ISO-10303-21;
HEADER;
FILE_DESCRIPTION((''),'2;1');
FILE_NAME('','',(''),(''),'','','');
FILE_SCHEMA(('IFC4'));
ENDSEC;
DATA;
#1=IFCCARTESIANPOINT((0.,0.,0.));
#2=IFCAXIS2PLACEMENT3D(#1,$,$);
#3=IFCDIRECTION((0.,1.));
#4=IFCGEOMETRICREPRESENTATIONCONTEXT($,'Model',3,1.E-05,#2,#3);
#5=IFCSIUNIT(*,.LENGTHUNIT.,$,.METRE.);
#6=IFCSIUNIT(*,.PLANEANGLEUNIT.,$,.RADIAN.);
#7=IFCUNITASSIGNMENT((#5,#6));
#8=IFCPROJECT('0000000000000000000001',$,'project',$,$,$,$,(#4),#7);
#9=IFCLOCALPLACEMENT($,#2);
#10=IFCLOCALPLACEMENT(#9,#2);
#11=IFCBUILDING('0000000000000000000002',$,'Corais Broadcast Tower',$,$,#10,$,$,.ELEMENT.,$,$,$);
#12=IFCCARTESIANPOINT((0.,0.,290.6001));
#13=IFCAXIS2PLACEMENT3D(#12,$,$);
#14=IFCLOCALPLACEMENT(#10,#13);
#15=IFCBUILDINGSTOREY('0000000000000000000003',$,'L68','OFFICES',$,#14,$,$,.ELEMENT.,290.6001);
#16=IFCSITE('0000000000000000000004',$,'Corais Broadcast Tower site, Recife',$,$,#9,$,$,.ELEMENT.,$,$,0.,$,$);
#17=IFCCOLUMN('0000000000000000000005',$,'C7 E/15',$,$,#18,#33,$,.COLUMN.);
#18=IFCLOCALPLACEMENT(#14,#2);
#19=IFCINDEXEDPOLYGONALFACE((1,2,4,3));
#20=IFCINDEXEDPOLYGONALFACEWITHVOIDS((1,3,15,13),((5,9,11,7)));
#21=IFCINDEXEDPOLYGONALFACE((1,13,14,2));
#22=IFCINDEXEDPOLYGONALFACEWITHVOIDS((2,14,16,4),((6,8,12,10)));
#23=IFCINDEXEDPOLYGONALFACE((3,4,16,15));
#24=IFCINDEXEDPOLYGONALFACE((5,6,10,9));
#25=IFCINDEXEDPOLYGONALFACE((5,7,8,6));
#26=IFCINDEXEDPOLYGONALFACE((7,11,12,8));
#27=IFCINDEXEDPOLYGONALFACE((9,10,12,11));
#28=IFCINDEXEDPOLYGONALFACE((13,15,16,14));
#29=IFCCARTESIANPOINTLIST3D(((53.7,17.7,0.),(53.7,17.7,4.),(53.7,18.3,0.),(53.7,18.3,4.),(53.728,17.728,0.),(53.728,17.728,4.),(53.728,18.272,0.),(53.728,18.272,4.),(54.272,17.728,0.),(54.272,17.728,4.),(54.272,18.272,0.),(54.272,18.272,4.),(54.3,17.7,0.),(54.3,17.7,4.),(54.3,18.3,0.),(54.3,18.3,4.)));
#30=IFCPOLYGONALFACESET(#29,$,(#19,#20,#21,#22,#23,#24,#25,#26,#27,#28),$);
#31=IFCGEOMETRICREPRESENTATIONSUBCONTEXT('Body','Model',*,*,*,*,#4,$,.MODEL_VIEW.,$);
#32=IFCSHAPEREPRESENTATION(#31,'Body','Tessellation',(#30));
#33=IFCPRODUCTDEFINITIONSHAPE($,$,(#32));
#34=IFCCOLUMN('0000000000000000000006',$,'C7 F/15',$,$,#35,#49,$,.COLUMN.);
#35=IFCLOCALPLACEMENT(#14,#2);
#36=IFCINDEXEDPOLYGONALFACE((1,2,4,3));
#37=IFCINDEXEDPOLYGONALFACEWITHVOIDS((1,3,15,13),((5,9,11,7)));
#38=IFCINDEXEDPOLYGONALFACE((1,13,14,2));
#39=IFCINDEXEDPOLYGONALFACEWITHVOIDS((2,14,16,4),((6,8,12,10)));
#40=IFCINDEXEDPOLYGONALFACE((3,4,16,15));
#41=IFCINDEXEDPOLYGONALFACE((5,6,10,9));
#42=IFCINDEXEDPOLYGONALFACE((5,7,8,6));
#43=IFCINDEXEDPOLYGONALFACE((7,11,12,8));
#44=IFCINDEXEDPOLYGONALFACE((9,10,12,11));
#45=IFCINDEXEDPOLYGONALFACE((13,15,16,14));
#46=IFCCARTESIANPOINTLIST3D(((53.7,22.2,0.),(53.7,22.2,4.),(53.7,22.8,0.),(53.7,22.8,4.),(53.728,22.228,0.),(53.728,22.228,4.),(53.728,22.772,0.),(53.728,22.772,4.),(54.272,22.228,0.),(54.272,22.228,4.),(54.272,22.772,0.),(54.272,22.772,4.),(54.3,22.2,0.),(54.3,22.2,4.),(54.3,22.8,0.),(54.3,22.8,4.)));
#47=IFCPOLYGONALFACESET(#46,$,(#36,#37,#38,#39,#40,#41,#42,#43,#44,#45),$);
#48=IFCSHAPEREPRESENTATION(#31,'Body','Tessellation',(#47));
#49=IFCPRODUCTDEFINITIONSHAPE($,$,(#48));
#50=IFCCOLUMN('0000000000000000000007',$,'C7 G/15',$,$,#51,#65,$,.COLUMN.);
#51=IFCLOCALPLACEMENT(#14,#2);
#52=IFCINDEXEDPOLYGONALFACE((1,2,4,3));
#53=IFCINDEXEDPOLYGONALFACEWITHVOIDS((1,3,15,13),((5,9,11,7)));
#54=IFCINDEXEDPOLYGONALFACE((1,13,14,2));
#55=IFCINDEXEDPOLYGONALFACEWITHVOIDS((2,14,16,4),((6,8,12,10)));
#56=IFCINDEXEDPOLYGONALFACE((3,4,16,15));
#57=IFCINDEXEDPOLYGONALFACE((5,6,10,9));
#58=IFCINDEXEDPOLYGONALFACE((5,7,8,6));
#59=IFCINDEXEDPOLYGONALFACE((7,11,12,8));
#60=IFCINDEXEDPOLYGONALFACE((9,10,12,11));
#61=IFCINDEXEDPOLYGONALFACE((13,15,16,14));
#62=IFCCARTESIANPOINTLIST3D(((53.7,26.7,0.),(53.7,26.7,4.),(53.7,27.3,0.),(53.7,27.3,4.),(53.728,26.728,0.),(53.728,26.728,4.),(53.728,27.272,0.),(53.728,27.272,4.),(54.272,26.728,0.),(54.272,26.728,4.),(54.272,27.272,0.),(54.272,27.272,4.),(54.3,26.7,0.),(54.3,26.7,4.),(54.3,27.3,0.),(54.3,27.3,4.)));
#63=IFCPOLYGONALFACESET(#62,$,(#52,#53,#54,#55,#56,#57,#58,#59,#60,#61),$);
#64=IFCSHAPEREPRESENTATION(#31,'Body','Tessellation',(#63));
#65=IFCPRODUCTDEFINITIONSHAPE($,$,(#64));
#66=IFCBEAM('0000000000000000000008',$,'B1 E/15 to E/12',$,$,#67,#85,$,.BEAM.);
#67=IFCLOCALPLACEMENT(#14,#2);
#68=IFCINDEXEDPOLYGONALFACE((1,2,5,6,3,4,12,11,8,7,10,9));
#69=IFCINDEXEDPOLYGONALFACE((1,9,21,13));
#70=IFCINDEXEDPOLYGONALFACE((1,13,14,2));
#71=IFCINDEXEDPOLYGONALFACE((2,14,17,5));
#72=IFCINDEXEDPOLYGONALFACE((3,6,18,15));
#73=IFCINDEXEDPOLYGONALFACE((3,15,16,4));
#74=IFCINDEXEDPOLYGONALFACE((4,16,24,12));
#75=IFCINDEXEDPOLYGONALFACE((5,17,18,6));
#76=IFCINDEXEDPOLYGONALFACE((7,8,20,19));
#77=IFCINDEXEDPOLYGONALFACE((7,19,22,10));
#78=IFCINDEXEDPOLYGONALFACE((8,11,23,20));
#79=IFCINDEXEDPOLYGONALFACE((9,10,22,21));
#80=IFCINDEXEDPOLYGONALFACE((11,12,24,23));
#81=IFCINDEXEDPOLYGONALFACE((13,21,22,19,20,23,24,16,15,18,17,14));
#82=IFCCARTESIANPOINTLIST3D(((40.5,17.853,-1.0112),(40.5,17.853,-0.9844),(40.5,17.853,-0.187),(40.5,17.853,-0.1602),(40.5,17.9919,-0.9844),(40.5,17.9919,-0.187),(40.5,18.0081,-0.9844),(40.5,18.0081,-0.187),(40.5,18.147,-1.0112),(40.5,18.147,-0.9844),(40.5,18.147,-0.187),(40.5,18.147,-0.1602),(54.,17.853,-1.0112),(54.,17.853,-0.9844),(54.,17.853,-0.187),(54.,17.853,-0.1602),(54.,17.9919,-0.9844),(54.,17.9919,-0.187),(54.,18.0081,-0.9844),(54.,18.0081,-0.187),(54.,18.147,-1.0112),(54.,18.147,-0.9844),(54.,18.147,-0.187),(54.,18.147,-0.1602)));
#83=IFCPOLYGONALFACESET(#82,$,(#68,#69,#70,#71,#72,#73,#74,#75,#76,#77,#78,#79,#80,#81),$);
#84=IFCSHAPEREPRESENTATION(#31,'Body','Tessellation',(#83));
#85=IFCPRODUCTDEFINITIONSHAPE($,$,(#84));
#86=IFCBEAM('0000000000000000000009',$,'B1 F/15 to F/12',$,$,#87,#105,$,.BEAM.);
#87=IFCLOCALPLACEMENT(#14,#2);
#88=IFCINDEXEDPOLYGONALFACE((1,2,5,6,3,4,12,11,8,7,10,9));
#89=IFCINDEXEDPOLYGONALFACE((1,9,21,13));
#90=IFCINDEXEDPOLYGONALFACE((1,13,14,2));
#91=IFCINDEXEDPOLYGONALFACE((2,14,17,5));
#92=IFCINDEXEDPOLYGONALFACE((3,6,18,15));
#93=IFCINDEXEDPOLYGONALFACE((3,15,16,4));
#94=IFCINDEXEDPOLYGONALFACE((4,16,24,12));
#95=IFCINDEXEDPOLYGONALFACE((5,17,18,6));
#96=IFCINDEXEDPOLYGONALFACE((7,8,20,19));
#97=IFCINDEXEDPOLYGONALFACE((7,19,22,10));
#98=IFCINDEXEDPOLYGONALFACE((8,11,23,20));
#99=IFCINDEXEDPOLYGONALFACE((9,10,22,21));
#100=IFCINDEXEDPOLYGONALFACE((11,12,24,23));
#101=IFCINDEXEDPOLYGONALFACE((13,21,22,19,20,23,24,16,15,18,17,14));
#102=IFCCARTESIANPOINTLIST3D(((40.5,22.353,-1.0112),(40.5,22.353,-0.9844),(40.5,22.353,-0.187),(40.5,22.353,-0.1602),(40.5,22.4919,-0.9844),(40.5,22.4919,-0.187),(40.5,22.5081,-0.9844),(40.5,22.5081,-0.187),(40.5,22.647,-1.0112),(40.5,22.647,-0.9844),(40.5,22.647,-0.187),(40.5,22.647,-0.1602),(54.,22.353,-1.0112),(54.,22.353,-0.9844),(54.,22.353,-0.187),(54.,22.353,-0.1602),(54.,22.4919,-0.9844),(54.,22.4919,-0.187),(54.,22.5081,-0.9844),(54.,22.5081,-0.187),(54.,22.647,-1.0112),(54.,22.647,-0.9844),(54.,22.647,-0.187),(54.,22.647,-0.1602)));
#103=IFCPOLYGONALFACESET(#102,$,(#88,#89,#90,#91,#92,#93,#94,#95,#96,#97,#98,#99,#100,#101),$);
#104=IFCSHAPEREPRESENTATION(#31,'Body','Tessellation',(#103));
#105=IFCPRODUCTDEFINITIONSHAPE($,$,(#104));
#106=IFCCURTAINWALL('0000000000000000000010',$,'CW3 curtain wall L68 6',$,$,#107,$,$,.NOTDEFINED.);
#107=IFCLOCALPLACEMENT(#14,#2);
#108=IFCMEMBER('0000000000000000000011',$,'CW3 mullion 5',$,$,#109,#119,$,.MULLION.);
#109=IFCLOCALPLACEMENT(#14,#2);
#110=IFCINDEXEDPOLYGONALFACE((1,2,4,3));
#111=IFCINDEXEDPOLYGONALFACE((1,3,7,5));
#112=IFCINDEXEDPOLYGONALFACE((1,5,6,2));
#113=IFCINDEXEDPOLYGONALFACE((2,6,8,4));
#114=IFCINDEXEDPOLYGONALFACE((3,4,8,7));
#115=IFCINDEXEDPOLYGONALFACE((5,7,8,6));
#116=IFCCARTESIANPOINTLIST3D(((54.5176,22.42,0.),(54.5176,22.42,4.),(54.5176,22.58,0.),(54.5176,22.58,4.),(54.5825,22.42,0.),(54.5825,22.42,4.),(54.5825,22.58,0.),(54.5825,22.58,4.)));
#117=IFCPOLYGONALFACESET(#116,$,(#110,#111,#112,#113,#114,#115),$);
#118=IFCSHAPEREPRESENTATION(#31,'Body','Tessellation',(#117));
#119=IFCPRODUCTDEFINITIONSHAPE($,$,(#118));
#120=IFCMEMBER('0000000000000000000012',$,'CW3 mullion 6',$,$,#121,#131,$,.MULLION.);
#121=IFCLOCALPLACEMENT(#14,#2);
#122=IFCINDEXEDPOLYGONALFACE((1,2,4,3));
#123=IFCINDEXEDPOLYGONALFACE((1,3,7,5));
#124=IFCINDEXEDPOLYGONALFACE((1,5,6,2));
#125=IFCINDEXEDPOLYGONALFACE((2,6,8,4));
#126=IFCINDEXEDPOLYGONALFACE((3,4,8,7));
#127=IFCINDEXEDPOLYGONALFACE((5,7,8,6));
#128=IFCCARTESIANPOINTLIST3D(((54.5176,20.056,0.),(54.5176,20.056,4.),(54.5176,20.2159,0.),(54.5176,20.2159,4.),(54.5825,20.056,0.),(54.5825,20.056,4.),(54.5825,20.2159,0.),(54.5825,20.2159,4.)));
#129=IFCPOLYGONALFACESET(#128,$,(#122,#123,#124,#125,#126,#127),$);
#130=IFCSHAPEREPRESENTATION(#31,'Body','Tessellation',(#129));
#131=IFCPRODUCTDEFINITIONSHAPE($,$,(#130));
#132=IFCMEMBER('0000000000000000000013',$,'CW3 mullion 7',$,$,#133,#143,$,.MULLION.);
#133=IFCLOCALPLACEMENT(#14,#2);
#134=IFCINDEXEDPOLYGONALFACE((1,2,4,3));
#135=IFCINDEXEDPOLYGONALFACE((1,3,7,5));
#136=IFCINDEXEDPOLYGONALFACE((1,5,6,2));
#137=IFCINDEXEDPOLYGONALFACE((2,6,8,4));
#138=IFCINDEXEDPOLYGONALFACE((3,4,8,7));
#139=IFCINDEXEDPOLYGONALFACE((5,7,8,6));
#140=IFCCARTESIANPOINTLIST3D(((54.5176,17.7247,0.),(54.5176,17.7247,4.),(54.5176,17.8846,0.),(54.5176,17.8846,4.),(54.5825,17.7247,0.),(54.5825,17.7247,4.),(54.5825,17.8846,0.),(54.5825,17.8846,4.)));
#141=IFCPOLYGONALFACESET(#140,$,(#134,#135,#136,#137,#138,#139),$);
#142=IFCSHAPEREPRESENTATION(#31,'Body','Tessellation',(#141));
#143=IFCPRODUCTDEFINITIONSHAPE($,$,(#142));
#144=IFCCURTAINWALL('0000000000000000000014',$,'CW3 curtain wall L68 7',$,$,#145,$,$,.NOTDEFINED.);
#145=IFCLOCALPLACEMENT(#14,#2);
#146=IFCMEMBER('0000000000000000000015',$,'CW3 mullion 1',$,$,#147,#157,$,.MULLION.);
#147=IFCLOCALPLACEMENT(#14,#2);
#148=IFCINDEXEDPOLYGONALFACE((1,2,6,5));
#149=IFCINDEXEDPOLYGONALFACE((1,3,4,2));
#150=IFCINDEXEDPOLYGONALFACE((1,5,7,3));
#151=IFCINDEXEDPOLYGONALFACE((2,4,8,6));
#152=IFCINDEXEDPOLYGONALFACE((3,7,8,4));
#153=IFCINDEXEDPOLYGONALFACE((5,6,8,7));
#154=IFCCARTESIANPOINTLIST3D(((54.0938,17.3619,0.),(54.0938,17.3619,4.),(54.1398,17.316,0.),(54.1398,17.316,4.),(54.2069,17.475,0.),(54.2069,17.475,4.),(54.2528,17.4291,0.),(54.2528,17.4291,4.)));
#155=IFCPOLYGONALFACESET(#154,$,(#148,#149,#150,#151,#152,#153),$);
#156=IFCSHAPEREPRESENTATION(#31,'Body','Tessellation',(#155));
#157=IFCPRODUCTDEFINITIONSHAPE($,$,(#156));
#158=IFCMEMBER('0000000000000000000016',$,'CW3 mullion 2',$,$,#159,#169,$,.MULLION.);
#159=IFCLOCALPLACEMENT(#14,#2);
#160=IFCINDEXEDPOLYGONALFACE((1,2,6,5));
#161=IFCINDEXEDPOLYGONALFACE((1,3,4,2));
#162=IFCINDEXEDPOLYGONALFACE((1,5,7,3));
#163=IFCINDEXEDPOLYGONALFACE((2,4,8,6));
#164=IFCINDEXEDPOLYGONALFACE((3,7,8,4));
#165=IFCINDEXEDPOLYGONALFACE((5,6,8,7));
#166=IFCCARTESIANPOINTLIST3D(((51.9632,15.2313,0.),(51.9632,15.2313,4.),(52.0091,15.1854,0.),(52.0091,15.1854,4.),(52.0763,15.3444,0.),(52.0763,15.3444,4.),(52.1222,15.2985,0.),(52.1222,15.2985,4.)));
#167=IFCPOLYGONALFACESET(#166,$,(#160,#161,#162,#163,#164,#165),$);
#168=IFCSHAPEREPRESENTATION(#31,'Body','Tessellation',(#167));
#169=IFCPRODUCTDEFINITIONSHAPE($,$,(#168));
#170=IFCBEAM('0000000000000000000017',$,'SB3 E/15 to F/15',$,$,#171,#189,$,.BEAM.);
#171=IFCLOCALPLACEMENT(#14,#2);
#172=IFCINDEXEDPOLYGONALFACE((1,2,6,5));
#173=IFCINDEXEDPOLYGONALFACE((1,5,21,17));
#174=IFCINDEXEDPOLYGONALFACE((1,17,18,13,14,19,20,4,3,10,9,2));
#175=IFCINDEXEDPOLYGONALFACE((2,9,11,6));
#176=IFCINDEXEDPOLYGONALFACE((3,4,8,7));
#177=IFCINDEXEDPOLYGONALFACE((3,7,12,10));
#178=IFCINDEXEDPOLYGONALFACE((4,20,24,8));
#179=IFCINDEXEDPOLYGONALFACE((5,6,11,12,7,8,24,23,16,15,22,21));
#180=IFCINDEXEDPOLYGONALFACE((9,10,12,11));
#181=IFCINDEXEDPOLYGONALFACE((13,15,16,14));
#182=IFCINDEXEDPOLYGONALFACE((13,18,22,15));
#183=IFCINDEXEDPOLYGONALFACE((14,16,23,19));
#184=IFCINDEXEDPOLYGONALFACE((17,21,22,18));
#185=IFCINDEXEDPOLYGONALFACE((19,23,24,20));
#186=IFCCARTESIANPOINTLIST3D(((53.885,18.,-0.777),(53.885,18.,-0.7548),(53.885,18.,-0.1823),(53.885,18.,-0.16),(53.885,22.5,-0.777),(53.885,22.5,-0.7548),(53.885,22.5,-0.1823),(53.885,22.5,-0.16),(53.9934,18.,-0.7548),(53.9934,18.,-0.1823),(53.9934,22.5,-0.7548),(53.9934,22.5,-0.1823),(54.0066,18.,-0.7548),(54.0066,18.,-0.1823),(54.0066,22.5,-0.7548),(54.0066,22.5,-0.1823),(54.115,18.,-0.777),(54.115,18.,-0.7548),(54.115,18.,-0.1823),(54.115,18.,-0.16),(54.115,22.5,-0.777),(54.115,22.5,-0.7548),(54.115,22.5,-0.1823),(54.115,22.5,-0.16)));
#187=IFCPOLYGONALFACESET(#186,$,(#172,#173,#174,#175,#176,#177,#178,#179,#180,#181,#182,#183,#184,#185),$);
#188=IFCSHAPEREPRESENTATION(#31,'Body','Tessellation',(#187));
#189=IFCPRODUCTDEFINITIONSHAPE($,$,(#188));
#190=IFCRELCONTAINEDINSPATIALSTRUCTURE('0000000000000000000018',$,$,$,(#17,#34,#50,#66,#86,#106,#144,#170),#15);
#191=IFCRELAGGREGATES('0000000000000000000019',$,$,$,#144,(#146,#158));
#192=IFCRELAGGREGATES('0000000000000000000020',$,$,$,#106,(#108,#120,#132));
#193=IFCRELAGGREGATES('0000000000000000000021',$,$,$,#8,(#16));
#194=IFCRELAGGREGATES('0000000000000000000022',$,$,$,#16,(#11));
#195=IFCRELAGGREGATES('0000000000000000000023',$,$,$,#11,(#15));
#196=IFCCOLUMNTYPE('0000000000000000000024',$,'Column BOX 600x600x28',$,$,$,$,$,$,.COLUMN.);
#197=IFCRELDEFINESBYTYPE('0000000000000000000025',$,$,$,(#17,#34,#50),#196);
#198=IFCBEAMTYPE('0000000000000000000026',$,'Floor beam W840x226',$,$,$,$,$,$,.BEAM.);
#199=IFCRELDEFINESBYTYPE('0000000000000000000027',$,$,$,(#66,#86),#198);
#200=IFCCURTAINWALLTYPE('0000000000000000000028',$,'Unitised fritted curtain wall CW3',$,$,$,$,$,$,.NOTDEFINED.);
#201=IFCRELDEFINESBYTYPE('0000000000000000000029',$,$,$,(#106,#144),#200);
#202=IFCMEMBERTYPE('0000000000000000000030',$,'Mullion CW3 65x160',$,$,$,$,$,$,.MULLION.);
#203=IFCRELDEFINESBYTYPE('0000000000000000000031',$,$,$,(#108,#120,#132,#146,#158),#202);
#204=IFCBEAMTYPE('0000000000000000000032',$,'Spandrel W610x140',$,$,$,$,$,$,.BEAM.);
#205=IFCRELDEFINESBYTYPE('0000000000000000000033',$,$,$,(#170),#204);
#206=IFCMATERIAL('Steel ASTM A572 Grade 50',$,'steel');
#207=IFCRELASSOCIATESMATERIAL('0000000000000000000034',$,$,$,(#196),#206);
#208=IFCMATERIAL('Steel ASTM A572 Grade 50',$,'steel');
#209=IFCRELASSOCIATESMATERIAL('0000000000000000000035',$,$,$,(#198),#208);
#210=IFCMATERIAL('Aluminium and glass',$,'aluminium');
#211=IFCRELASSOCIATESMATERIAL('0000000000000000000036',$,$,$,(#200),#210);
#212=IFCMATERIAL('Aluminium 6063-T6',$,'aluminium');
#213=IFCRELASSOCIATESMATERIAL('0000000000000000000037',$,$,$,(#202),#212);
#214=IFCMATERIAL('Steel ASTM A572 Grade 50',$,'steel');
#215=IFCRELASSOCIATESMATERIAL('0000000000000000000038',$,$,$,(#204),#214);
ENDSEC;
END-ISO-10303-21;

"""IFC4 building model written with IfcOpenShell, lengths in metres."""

from ifc_helpers import new_model, si_unit, direction, frame, origin, origin_2d, place, context, subcontext, project, spatial, rectangle, hollow_rectangle, i_section, extrude, material, material_profile, profile_set, type_object, element, aggregate, save


model = new_model("IFC4")

# Units and contexts
model_context = context("Model", 3, precision=1e-05, world=origin(), true_north=direction((0.0, 1.0)))
body_context = subcontext(model_context, "Body", "Model", "MODEL_VIEW")
ifc_project = project(units=[si_unit("LENGTHUNIT", "METRE"), si_unit("PLANEANGLEUNIT", "RADIAN")], contexts=[model_context])

# Site, building, storey
site_placement = place(None, origin())
site = spatial("IfcSite", under=ifc_project, at=site_placement, Name="Corais Broadcast Tower site, Recife", CompositionType="ELEMENT", RefElevation=0.0)
building_placement = place(site_placement, origin())
building = spatial("IfcBuilding", under=site, at=building_placement, Name="Corais Broadcast Tower", CompositionType="ELEMENT")
storey_placement = place(building_placement, frame((0.0, 0.0, 290.6001)))
storey = spatial("IfcBuildingStorey", under=building, at=storey_placement, Name="L68", Description="OFFICES", CompositionType="ELEMENT", Elevation=290.6001)

# Columns
ifc_material_1 = material(Name="Steel ASTM A572 Grade 50", Category="steel")
ifc_material_profile_1 = material_profile(ifc_material_1, hollow_rectangle(XDim=0.6001, YDim=0.6001, WallThickness=0.0281, at=origin_2d()), Name="BOX 600x600x28")
ifc_profile_set_1 = profile_set([ifc_material_profile_1], Name="Steel ASTM A572 Grade 50")
column_type = type_object("IfcColumnType", Name="Column BOX 600x600x28", PredefinedType="COLUMN", material=ifc_profile_set_1)
for number, where, z_axis, x_axis, name in (
    (1, (54.0, 18.0, 0.0), (0.0, 0.0, 1.0), (1.0, 0.0, 0.0), "C7 E/15"),
    (2, (54.0, 22.5, 0.0), (0.0, 0.0, 1.0), (1.0, 0.0, 0.0), "C7 F/15"),
    (3, (54.0, 27.0, 0.0), (0.0, 0.0, 1.0), (1.0, 0.0, 0.0), "C7 G/15"),
):
    element("IfcColumn", number, at=place(storey_placement, frame(where, z_axis=z_axis, x_axis=x_axis)), inside=storey, type_object=column_type, Name=name, PredefinedType="COLUMN", context=body_context, shape_type="SweptSolid", body=[
        extrude(hollow_rectangle(XDim=0.6001, YDim=0.6001, WallThickness=0.0281, at=origin_2d()), origin(), (0.0, 0.0, 1.0), 4.0),
    ])

# Beams
ifc_material_2 = material(Name="Steel ASTM A572 Grade 50", Category="steel")
ifc_material_profile_2 = material_profile(ifc_material_2, i_section(OverallWidth=0.2939, OverallDepth=0.8511, WebThickness=0.0161, FlangeThickness=0.0269, at=origin_2d()), Name="W840x226")
ifc_profile_set_2 = profile_set([ifc_material_profile_2], Name="Steel ASTM A572 Grade 50")
beam_type_1 = type_object("IfcBeamType", Name="Floor beam W840x226", PredefinedType="BEAM", material=ifc_profile_set_2)
for number, where, z_axis, x_axis, name in (
    (4, (54.0, 18.0, -0.5857), (-1.0, 0.0, 0.0), (0.0, -1.0, 0.0), "B1 E/15 to E/12"),
    (5, (54.0, 22.5, -0.5857), (-1.0, 0.0, 0.0), (0.0, -1.0, 0.0), "B1 F/15 to F/12"),
):
    element("IfcBeam", number, at=place(storey_placement, frame(where, z_axis=z_axis, x_axis=x_axis)), inside=storey, type_object=beam_type_1, Name=name, PredefinedType="BEAM", context=body_context, shape_type="SweptSolid", body=[
        extrude(i_section(OverallWidth=0.2939, OverallDepth=0.8511, WebThickness=0.0161, FlangeThickness=0.0269, at=origin_2d()), origin(), (0.0, 0.0, 1.0), 13.5),
    ])

# Curtain walls, members
ifc_material_3 = material(Name="Aluminium and glass", Category="aluminium")
curtain_wall_type = type_object("IfcCurtainWallType", Name="Unitised fritted curtain wall CW3", PredefinedType="NOTDEFINED", material=ifc_material_3)
curtain_wall_1_placement = place(storey_placement, origin())
curtain_wall_1 = element("IfcCurtainWall", 6, at=curtain_wall_1_placement, inside=storey, type_object=curtain_wall_type, Name="CW3 curtain wall L68 6", PredefinedType="NOTDEFINED")
ifc_material_4 = material(Name="Aluminium 6063-T6", Category="aluminium")
ifc_material_profile_3 = material_profile(ifc_material_4, rectangle(XDim=0.0649, YDim=0.1599, at=origin_2d()), Name="Mullion CW3 65x160")
ifc_profile_set_3 = profile_set([ifc_material_profile_3], Name="Aluminium 6063-T6")
member_type_1 = type_object("IfcMemberType", Name="Mullion CW3 65x160", PredefinedType="MULLION", material=ifc_profile_set_3)
member_1_placement = place(storey_placement, frame((54.55, 22.5, 0.0), z_axis=(0.0, 0.0, 1.0), x_axis=(1.0, 0.0, 0.0)))
member_1 = element("IfcMember", 7, at=member_1_placement, type_object=member_type_1, Name="CW3 mullion 5", PredefinedType="MULLION", context=body_context, shape_type="SweptSolid", body=[
    extrude(rectangle(XDim=0.0649, YDim=0.1599, at=origin_2d()), origin(), (0.0, 0.0, 1.0), 4.0),
])
member_2_placement = place(storey_placement, frame((54.55, 20.136, 0.0), z_axis=(0.0, 0.0, 1.0), x_axis=(1.0, 0.0, 0.0)))
member_2 = element("IfcMember", 8, at=member_2_placement, type_object=member_type_1, Name="CW3 mullion 6", PredefinedType="MULLION", context=body_context, shape_type="SweptSolid", body=[
    extrude(rectangle(XDim=0.0649, YDim=0.1599, at=origin_2d()), origin(), (0.0, 0.0, 1.0), 4.0),
])
member_3_placement = place(storey_placement, frame((54.55, 17.8047, 0.0), z_axis=(0.0, 0.0, 1.0), x_axis=(1.0, 0.0, 0.0)))
member_3 = element("IfcMember", 9, at=member_3_placement, type_object=member_type_1, Name="CW3 mullion 7", PredefinedType="MULLION", context=body_context, shape_type="SweptSolid", body=[
    extrude(rectangle(XDim=0.0649, YDim=0.1599, at=origin_2d()), origin(), (0.0, 0.0, 1.0), 4.0),
])
curtain_wall_2_placement = place(storey_placement, origin())
curtain_wall_2 = element("IfcCurtainWall", 10, at=curtain_wall_2_placement, inside=storey, type_object=curtain_wall_type, Name="CW3 curtain wall L68 7", PredefinedType="NOTDEFINED")
member_4_placement = place(storey_placement, frame((54.1733, 17.3955, 0.0), z_axis=(0.0, 0.0, 1.0), x_axis=(0.707107, -0.707107, 0.0)))
member_4 = element("IfcMember", 11, at=member_4_placement, type_object=member_type_1, Name="CW3 mullion 1", PredefinedType="MULLION", context=body_context, shape_type="SweptSolid", body=[
    extrude(rectangle(XDim=0.0649, YDim=0.1599, at=origin_2d()), origin(), (0.0, 0.0, 1.0), 4.0),
])
member_5_placement = place(storey_placement, frame((52.0427, 15.2649, 0.0), z_axis=(0.0, 0.0, 1.0), x_axis=(0.707107, -0.707107, 0.0)))
member_5 = element("IfcMember", 12, at=member_5_placement, type_object=member_type_1, Name="CW3 mullion 2", PredefinedType="MULLION", context=body_context, shape_type="SweptSolid", body=[
    extrude(rectangle(XDim=0.0649, YDim=0.1599, at=origin_2d()), origin(), (0.0, 0.0, 1.0), 4.0),
])

# Beam
ifc_material_5 = material(Name="Steel ASTM A572 Grade 50", Category="steel")
ifc_material_profile_4 = material_profile(ifc_material_5, i_section(OverallWidth=0.23, OverallDepth=0.6169, WebThickness=0.0132, FlangeThickness=0.0222, at=origin_2d()), Name="W610x140")
ifc_profile_set_4 = profile_set([ifc_material_profile_4], Name="Steel ASTM A572 Grade 50")
beam_type_2 = type_object("IfcBeamType", Name="Spandrel W610x140", PredefinedType="BEAM", material=ifc_profile_set_4)
for number, where, z_axis, x_axis, name in (
    (13, (54.0, 18.0, -0.4685), (0.0, 1.0, 0.0), (-1.0, 0.0, 0.0), "SB3 E/15 to F/15"),
):
    element("IfcBeam", number, at=place(storey_placement, frame(where, z_axis=z_axis, x_axis=x_axis)), inside=storey, type_object=beam_type_2, Name=name, PredefinedType="BEAM", context=body_context, shape_type="SweptSolid", body=[
        extrude(i_section(OverallWidth=0.23, OverallDepth=0.6169, WebThickness=0.0132, FlangeThickness=0.0222, at=origin_2d()), origin(), (0.0, 0.0, 1.0), 4.5),
    ])

aggregate(curtain_wall_2, [member_4, member_5])
aggregate(curtain_wall_1, [member_1, member_2, member_3])

save(model, "model.ifc")
